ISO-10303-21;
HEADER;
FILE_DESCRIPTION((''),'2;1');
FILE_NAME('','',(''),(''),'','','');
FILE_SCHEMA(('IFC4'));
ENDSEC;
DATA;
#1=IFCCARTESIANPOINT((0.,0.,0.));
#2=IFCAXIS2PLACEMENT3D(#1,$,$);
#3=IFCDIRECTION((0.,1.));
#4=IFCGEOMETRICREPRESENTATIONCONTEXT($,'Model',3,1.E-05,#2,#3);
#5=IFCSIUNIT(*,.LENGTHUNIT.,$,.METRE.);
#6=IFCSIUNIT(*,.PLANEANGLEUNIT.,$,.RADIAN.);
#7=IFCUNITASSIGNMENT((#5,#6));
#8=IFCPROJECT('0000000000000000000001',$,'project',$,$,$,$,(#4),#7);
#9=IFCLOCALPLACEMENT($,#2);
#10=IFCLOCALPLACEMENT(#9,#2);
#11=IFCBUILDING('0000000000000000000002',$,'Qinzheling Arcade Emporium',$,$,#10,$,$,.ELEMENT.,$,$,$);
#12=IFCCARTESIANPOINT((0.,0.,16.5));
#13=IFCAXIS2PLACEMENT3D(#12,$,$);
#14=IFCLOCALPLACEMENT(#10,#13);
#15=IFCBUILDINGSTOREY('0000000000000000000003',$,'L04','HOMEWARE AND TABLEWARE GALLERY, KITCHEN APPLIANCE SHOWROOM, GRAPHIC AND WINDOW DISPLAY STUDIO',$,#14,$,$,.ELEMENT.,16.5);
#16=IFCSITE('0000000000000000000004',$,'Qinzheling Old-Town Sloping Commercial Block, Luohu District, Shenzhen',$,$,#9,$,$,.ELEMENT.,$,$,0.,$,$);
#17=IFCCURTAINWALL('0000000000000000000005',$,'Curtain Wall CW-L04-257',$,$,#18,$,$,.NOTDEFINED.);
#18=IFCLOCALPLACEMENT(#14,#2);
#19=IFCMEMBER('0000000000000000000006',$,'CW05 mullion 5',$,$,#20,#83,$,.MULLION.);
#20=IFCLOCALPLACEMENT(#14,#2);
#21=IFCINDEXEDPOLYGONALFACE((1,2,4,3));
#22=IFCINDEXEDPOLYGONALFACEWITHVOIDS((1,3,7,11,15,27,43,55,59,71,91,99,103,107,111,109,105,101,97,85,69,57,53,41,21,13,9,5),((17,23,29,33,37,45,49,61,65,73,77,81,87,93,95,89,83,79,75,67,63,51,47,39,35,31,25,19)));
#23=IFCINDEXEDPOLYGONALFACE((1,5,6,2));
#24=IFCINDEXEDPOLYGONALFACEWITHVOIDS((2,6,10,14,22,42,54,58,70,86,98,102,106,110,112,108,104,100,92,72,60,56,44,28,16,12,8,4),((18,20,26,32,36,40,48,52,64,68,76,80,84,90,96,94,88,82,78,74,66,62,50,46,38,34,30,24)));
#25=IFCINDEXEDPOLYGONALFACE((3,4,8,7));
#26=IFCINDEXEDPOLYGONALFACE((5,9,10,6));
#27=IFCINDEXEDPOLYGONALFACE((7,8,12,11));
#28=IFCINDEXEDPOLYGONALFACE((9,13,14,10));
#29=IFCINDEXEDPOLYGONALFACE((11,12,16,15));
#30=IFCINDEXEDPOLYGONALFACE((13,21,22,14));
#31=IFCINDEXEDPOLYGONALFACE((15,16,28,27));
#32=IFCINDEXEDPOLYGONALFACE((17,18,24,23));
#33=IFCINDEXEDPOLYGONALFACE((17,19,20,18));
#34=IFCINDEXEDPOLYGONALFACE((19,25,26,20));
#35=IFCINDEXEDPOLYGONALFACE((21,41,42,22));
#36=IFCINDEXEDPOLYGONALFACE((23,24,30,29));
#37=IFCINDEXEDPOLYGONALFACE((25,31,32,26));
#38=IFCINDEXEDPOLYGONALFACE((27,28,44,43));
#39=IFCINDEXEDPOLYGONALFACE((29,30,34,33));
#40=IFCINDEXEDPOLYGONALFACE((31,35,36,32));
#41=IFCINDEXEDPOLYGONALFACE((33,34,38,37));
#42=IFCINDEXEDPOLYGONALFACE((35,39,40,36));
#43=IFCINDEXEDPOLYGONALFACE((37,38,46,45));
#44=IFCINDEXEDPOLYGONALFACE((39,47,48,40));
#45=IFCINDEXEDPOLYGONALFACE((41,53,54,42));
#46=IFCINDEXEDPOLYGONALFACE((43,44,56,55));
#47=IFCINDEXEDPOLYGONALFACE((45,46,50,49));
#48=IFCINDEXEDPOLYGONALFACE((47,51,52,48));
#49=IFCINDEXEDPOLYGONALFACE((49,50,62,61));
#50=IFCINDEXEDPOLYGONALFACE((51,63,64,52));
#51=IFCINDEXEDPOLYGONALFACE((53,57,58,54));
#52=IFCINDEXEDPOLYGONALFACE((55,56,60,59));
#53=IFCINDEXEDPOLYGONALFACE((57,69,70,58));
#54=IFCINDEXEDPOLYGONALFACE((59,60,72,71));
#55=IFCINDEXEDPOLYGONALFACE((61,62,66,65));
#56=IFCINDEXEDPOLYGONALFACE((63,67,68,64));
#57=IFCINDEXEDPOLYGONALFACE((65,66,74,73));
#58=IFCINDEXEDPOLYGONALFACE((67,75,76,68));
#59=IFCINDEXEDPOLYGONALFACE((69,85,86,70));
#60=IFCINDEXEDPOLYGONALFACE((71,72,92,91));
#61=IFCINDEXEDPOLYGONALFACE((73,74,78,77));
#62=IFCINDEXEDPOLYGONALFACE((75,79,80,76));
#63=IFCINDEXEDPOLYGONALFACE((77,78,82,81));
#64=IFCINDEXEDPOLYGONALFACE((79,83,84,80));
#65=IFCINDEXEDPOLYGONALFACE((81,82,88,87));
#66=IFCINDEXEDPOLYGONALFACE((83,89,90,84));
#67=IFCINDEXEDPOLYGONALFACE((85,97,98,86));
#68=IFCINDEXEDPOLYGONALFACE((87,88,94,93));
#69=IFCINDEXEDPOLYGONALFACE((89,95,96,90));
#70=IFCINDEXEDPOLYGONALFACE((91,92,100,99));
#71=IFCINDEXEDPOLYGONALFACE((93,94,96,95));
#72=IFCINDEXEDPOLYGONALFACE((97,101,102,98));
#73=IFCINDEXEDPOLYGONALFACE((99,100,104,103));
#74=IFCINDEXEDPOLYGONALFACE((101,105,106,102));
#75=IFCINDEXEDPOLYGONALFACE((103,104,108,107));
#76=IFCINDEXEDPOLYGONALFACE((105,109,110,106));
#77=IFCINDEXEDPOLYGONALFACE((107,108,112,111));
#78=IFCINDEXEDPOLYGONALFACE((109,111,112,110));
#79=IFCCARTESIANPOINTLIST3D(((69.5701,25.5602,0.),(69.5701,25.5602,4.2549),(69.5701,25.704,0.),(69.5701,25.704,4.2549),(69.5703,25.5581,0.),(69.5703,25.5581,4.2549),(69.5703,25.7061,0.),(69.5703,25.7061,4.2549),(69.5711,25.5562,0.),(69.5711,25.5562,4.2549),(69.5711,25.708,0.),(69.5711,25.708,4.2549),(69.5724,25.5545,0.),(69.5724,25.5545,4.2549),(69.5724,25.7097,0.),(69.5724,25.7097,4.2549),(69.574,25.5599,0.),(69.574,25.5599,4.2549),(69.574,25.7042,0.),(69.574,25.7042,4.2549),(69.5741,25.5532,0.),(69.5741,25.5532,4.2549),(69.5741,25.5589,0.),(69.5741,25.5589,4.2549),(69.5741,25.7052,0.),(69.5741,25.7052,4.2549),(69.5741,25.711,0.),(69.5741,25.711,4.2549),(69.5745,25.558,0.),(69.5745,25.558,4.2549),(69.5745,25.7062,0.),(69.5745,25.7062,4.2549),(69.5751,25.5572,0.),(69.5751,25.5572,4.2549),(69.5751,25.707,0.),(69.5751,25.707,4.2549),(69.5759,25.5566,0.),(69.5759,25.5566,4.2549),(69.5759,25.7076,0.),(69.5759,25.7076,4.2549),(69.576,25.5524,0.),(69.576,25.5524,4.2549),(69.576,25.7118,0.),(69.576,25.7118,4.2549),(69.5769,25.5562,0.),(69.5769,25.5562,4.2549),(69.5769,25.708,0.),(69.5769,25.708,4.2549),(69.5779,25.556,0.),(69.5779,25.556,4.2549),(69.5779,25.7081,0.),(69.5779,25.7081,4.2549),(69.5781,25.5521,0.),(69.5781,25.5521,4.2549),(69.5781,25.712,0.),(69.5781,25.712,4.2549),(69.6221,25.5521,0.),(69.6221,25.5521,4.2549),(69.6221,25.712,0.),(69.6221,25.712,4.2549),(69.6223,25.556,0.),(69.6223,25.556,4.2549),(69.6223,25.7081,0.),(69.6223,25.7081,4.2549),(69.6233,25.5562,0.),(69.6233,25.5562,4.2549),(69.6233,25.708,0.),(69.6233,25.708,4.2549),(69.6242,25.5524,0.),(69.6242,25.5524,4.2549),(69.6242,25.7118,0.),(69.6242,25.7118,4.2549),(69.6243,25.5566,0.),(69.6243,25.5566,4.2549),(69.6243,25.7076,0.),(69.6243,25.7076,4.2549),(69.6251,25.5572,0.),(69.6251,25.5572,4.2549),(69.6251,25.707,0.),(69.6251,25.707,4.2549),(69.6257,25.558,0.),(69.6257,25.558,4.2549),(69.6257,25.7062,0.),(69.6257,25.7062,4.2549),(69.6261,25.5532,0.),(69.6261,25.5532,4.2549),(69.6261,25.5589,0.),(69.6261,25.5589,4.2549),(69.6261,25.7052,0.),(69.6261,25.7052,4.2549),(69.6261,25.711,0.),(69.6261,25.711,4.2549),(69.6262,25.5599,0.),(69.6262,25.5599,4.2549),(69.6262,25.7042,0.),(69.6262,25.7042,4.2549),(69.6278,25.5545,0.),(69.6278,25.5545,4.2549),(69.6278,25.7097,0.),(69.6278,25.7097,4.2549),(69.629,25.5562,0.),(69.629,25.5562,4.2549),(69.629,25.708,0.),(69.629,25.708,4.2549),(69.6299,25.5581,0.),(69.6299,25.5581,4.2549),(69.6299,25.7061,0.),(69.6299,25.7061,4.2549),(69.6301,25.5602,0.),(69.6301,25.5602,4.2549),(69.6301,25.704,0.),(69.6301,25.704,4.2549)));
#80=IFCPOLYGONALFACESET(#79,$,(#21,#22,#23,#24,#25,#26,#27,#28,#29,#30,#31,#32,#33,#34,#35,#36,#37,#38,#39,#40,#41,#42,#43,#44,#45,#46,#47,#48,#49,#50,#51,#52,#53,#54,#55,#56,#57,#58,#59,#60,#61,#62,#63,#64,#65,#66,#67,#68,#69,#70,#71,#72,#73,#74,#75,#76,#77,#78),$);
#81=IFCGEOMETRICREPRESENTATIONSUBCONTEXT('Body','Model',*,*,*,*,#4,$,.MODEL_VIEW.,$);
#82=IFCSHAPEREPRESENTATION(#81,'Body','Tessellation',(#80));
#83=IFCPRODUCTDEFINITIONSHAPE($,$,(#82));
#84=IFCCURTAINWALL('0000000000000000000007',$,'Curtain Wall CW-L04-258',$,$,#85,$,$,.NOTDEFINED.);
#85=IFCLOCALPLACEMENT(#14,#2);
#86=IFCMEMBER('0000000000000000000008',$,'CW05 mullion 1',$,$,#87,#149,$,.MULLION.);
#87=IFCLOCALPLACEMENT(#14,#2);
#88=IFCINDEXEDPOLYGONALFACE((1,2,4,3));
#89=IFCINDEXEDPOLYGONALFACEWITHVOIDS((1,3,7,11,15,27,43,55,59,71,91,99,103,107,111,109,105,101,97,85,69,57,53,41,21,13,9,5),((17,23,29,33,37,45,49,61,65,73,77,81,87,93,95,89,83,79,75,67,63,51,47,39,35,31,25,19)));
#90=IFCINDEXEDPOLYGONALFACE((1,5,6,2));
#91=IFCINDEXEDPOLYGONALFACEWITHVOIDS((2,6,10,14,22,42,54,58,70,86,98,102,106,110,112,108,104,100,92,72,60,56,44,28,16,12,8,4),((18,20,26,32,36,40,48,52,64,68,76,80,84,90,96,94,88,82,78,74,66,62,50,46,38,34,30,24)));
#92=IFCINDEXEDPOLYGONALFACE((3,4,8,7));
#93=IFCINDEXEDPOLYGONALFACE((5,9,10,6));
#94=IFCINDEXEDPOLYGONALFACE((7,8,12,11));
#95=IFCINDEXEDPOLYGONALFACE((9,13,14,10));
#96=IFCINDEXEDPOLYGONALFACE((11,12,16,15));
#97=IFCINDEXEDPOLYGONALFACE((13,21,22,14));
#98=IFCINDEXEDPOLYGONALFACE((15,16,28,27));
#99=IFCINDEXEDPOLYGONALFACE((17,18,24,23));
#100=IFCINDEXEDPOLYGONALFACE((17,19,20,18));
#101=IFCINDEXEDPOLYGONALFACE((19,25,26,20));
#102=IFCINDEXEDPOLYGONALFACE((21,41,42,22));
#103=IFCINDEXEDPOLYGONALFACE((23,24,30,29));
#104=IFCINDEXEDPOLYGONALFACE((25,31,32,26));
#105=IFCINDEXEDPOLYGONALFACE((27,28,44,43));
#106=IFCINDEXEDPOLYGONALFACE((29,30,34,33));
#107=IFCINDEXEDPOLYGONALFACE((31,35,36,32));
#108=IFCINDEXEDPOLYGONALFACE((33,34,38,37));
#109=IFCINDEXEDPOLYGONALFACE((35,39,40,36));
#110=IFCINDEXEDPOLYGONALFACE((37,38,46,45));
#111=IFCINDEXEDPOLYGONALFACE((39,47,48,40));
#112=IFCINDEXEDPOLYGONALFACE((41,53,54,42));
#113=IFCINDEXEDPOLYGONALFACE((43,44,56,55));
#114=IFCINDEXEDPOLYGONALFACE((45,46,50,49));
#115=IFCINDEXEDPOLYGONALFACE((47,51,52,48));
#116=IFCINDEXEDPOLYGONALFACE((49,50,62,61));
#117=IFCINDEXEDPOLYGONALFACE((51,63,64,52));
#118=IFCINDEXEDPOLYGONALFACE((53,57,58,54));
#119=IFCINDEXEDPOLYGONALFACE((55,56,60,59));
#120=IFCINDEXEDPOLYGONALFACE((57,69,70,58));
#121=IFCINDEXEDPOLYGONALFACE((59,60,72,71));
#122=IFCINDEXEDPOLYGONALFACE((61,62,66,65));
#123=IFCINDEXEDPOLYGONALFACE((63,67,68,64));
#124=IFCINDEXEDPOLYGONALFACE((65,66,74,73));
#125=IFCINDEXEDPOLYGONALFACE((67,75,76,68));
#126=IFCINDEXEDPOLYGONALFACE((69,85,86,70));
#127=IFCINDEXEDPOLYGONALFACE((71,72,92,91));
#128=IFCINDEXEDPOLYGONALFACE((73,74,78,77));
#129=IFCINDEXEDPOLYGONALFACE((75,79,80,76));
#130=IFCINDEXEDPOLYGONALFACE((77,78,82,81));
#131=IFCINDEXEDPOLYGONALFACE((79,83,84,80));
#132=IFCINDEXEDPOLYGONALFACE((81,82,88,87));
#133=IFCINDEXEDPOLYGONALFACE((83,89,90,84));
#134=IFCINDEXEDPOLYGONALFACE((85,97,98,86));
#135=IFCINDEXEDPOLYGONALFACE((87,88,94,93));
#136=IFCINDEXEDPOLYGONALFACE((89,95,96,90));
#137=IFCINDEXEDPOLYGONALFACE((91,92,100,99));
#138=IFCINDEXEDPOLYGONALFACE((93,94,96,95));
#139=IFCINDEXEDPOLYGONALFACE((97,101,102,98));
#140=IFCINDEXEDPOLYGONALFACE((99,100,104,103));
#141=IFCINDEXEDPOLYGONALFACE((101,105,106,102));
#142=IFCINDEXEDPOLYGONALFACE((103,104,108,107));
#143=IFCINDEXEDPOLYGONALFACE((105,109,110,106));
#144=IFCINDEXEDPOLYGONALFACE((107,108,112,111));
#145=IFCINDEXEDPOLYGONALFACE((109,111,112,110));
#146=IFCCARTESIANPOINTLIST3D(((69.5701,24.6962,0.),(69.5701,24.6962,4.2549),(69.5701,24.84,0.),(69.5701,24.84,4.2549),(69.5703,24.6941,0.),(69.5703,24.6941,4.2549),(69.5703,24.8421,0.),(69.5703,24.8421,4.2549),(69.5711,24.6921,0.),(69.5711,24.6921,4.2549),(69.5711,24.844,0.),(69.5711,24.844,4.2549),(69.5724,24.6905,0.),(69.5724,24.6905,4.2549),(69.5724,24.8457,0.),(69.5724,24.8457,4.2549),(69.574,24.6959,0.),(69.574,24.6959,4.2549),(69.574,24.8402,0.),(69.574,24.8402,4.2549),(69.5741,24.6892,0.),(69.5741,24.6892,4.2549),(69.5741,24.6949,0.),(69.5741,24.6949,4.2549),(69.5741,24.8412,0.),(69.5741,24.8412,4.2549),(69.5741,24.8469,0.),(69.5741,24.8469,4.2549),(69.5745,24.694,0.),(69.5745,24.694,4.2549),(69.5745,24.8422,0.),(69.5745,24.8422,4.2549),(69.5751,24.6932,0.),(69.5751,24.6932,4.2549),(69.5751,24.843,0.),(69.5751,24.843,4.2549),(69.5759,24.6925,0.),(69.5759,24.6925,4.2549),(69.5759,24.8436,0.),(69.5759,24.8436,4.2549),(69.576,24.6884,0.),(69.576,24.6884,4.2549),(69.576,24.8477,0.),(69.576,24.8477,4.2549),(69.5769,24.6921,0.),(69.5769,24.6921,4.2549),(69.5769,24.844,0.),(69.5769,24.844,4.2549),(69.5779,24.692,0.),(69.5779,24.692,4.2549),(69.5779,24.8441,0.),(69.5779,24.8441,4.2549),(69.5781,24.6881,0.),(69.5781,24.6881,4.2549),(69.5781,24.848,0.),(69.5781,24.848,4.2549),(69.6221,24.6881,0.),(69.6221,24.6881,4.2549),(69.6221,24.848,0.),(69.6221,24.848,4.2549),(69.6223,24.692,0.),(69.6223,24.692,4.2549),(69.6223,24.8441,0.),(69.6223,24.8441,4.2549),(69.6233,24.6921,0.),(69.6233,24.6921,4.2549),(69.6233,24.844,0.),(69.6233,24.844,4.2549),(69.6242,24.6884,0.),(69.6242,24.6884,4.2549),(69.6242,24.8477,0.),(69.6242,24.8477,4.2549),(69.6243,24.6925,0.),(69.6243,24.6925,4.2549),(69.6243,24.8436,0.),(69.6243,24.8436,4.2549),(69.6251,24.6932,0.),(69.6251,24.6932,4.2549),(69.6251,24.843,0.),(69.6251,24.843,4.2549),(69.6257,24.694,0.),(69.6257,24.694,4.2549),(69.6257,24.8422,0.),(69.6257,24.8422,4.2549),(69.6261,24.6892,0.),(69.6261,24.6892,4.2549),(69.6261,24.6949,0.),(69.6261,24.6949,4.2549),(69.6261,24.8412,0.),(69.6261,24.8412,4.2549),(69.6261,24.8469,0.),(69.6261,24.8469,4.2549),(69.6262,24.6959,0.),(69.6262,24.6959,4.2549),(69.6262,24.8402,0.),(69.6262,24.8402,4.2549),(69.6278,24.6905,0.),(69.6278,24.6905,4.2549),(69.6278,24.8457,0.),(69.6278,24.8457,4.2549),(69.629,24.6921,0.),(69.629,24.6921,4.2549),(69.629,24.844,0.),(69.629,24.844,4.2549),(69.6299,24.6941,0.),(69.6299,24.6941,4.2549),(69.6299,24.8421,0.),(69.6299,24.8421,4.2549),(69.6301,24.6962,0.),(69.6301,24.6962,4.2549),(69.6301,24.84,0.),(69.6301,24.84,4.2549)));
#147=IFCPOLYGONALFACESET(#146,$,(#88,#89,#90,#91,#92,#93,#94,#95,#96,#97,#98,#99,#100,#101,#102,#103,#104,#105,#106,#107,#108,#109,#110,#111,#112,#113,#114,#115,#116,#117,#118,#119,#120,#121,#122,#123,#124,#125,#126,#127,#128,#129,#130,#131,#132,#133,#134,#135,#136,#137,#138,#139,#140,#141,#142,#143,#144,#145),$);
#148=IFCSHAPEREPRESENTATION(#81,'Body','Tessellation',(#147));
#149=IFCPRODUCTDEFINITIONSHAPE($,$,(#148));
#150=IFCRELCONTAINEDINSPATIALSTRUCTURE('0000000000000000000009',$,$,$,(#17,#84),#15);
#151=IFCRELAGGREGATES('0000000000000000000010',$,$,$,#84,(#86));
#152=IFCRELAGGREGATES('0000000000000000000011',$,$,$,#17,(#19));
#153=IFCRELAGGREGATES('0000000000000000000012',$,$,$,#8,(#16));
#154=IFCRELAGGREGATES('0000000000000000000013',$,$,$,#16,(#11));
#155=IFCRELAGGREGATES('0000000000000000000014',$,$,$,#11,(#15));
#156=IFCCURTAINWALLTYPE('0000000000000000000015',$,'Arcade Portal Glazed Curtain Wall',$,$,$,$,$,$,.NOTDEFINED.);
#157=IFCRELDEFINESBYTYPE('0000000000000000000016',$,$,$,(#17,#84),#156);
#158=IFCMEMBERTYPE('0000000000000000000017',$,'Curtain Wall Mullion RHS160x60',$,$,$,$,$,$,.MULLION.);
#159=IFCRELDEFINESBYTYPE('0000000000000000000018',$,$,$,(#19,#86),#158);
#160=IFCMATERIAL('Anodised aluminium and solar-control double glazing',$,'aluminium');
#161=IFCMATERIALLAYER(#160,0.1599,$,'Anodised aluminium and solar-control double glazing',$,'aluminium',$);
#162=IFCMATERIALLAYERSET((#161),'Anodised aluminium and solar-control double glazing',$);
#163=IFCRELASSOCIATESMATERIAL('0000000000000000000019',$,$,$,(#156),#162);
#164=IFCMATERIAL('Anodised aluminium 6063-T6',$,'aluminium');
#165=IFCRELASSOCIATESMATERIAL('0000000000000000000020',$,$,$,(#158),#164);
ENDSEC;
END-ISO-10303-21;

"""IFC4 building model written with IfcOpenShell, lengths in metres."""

from ifc_helpers import new_model, si_unit, direction, frame, origin, origin_2d, place, context, subcontext, project, spatial, hollow_rectangle, extrude, material, layer, layer_set, material_profile, profile_set, type_object, element, aggregate, save


model = new_model("IFC4")

# Units and contexts
model_context = context("Model", 3, precision=1e-05, world=origin(), true_north=direction((0.0, 1.0)))
body_context = subcontext(model_context, "Body", "Model", "MODEL_VIEW")
ifc_project = project(units=[si_unit("LENGTHUNIT", "METRE"), si_unit("PLANEANGLEUNIT", "RADIAN")], contexts=[model_context])

# Site, building, storey
site_placement = place(None, origin())
site = spatial("IfcSite", under=ifc_project, at=site_placement, Name="Qinzheling Old-Town Sloping Commercial Block, Luohu District, Shenzhen", CompositionType="ELEMENT", RefElevation=0.0)
building_placement = place(site_placement, origin())
building = spatial("IfcBuilding", under=site, at=building_placement, Name="Qinzheling Arcade Emporium", CompositionType="ELEMENT")
storey_placement = place(building_placement, frame((0.0, 0.0, 16.5)))
storey = spatial("IfcBuildingStorey", under=building, at=storey_placement, Name="L04", Description="HOMEWARE AND TABLEWARE GALLERY, KITCHEN APPLIANCE SHOWROOM, GRAPHIC AND WINDOW DISPLAY STUDIO", CompositionType="ELEMENT", Elevation=16.5)

# Curtain wall, member
ifc_material_1 = material(Name="Anodised aluminium and solar-control double glazing", Category="aluminium")
ifc_layer_1 = layer(ifc_material_1, 0.1599, Name="Anodised aluminium and solar-control double glazing", Category="aluminium")
ifc_layer_set_1 = layer_set([ifc_layer_1], Name="Anodised aluminium and solar-control double glazing")
curtain_wall_type = type_object("IfcCurtainWallType", Name="Arcade Portal Glazed Curtain Wall", PredefinedType="NOTDEFINED", material=ifc_layer_set_1)
curtain_wall_1_placement = place(storey_placement, origin())
curtain_wall_1 = element("IfcCurtainWall", 1, at=curtain_wall_1_placement, inside=storey, type_object=curtain_wall_type, Name="Curtain Wall CW-L04-257", PredefinedType="NOTDEFINED")
ifc_material_2 = material(Name="Anodised aluminium 6063-T6", Category="aluminium")
ifc_material_profile_1 = material_profile(ifc_material_2, hollow_rectangle(XDim=0.0601, YDim=0.1599, WallThickness=0.0039, InnerFilletRadius=0.0039, OuterFilletRadius=0.0081, at=origin_2d()), Name="RHS 160x60x4", Category="aluminium")
ifc_profile_set_1 = profile_set([ifc_material_profile_1], Name="Anodised aluminium 6063-T6")
member_type_1 = type_object("IfcMemberType", Name="Curtain Wall Mullion RHS160x60", PredefinedType="MULLION", material=ifc_profile_set_1)
member_1_placement = place(storey_placement, frame((69.6001, 25.6321, 0.0), z_axis=(0.0, 0.0, 1.0), x_axis=(1.0, 0.0, 0.0)))
member_1 = element("IfcMember", 2, at=member_1_placement, type_object=member_type_1, Name="CW05 mullion 5", PredefinedType="MULLION", context=body_context, shape_type="SweptSolid", body=[
    extrude(hollow_rectangle(XDim=0.0601, YDim=0.1599, WallThickness=0.0039, InnerFilletRadius=0.0039, OuterFilletRadius=0.0081, at=origin_2d()), origin(), (0.0, 0.0, 1.0), 4.2549),
])

# Curtain wall, member
curtain_wall_2_placement = place(storey_placement, origin())
curtain_wall_2 = element("IfcCurtainWall", 3, at=curtain_wall_2_placement, inside=storey, type_object=curtain_wall_type, Name="Curtain Wall CW-L04-258", PredefinedType="NOTDEFINED")
member_2_placement = place(storey_placement, frame((69.6001, 24.7681, 0.0), z_axis=(0.0, 0.0, 1.0), x_axis=(1.0, 0.0, 0.0)))
member_2 = element("IfcMember", 4, at=member_2_placement, type_object=member_type_1, Name="CW05 mullion 1", PredefinedType="MULLION", context=body_context, shape_type="SweptSolid", body=[
    extrude(hollow_rectangle(XDim=0.0601, YDim=0.1599, WallThickness=0.0039, InnerFilletRadius=0.0039, OuterFilletRadius=0.0081, at=origin_2d()), origin(), (0.0, 0.0, 1.0), 4.2549),
])

aggregate(curtain_wall_2, [member_2])

aggregate(curtain_wall_1, [member_1])

save(model, "model.ifc")
